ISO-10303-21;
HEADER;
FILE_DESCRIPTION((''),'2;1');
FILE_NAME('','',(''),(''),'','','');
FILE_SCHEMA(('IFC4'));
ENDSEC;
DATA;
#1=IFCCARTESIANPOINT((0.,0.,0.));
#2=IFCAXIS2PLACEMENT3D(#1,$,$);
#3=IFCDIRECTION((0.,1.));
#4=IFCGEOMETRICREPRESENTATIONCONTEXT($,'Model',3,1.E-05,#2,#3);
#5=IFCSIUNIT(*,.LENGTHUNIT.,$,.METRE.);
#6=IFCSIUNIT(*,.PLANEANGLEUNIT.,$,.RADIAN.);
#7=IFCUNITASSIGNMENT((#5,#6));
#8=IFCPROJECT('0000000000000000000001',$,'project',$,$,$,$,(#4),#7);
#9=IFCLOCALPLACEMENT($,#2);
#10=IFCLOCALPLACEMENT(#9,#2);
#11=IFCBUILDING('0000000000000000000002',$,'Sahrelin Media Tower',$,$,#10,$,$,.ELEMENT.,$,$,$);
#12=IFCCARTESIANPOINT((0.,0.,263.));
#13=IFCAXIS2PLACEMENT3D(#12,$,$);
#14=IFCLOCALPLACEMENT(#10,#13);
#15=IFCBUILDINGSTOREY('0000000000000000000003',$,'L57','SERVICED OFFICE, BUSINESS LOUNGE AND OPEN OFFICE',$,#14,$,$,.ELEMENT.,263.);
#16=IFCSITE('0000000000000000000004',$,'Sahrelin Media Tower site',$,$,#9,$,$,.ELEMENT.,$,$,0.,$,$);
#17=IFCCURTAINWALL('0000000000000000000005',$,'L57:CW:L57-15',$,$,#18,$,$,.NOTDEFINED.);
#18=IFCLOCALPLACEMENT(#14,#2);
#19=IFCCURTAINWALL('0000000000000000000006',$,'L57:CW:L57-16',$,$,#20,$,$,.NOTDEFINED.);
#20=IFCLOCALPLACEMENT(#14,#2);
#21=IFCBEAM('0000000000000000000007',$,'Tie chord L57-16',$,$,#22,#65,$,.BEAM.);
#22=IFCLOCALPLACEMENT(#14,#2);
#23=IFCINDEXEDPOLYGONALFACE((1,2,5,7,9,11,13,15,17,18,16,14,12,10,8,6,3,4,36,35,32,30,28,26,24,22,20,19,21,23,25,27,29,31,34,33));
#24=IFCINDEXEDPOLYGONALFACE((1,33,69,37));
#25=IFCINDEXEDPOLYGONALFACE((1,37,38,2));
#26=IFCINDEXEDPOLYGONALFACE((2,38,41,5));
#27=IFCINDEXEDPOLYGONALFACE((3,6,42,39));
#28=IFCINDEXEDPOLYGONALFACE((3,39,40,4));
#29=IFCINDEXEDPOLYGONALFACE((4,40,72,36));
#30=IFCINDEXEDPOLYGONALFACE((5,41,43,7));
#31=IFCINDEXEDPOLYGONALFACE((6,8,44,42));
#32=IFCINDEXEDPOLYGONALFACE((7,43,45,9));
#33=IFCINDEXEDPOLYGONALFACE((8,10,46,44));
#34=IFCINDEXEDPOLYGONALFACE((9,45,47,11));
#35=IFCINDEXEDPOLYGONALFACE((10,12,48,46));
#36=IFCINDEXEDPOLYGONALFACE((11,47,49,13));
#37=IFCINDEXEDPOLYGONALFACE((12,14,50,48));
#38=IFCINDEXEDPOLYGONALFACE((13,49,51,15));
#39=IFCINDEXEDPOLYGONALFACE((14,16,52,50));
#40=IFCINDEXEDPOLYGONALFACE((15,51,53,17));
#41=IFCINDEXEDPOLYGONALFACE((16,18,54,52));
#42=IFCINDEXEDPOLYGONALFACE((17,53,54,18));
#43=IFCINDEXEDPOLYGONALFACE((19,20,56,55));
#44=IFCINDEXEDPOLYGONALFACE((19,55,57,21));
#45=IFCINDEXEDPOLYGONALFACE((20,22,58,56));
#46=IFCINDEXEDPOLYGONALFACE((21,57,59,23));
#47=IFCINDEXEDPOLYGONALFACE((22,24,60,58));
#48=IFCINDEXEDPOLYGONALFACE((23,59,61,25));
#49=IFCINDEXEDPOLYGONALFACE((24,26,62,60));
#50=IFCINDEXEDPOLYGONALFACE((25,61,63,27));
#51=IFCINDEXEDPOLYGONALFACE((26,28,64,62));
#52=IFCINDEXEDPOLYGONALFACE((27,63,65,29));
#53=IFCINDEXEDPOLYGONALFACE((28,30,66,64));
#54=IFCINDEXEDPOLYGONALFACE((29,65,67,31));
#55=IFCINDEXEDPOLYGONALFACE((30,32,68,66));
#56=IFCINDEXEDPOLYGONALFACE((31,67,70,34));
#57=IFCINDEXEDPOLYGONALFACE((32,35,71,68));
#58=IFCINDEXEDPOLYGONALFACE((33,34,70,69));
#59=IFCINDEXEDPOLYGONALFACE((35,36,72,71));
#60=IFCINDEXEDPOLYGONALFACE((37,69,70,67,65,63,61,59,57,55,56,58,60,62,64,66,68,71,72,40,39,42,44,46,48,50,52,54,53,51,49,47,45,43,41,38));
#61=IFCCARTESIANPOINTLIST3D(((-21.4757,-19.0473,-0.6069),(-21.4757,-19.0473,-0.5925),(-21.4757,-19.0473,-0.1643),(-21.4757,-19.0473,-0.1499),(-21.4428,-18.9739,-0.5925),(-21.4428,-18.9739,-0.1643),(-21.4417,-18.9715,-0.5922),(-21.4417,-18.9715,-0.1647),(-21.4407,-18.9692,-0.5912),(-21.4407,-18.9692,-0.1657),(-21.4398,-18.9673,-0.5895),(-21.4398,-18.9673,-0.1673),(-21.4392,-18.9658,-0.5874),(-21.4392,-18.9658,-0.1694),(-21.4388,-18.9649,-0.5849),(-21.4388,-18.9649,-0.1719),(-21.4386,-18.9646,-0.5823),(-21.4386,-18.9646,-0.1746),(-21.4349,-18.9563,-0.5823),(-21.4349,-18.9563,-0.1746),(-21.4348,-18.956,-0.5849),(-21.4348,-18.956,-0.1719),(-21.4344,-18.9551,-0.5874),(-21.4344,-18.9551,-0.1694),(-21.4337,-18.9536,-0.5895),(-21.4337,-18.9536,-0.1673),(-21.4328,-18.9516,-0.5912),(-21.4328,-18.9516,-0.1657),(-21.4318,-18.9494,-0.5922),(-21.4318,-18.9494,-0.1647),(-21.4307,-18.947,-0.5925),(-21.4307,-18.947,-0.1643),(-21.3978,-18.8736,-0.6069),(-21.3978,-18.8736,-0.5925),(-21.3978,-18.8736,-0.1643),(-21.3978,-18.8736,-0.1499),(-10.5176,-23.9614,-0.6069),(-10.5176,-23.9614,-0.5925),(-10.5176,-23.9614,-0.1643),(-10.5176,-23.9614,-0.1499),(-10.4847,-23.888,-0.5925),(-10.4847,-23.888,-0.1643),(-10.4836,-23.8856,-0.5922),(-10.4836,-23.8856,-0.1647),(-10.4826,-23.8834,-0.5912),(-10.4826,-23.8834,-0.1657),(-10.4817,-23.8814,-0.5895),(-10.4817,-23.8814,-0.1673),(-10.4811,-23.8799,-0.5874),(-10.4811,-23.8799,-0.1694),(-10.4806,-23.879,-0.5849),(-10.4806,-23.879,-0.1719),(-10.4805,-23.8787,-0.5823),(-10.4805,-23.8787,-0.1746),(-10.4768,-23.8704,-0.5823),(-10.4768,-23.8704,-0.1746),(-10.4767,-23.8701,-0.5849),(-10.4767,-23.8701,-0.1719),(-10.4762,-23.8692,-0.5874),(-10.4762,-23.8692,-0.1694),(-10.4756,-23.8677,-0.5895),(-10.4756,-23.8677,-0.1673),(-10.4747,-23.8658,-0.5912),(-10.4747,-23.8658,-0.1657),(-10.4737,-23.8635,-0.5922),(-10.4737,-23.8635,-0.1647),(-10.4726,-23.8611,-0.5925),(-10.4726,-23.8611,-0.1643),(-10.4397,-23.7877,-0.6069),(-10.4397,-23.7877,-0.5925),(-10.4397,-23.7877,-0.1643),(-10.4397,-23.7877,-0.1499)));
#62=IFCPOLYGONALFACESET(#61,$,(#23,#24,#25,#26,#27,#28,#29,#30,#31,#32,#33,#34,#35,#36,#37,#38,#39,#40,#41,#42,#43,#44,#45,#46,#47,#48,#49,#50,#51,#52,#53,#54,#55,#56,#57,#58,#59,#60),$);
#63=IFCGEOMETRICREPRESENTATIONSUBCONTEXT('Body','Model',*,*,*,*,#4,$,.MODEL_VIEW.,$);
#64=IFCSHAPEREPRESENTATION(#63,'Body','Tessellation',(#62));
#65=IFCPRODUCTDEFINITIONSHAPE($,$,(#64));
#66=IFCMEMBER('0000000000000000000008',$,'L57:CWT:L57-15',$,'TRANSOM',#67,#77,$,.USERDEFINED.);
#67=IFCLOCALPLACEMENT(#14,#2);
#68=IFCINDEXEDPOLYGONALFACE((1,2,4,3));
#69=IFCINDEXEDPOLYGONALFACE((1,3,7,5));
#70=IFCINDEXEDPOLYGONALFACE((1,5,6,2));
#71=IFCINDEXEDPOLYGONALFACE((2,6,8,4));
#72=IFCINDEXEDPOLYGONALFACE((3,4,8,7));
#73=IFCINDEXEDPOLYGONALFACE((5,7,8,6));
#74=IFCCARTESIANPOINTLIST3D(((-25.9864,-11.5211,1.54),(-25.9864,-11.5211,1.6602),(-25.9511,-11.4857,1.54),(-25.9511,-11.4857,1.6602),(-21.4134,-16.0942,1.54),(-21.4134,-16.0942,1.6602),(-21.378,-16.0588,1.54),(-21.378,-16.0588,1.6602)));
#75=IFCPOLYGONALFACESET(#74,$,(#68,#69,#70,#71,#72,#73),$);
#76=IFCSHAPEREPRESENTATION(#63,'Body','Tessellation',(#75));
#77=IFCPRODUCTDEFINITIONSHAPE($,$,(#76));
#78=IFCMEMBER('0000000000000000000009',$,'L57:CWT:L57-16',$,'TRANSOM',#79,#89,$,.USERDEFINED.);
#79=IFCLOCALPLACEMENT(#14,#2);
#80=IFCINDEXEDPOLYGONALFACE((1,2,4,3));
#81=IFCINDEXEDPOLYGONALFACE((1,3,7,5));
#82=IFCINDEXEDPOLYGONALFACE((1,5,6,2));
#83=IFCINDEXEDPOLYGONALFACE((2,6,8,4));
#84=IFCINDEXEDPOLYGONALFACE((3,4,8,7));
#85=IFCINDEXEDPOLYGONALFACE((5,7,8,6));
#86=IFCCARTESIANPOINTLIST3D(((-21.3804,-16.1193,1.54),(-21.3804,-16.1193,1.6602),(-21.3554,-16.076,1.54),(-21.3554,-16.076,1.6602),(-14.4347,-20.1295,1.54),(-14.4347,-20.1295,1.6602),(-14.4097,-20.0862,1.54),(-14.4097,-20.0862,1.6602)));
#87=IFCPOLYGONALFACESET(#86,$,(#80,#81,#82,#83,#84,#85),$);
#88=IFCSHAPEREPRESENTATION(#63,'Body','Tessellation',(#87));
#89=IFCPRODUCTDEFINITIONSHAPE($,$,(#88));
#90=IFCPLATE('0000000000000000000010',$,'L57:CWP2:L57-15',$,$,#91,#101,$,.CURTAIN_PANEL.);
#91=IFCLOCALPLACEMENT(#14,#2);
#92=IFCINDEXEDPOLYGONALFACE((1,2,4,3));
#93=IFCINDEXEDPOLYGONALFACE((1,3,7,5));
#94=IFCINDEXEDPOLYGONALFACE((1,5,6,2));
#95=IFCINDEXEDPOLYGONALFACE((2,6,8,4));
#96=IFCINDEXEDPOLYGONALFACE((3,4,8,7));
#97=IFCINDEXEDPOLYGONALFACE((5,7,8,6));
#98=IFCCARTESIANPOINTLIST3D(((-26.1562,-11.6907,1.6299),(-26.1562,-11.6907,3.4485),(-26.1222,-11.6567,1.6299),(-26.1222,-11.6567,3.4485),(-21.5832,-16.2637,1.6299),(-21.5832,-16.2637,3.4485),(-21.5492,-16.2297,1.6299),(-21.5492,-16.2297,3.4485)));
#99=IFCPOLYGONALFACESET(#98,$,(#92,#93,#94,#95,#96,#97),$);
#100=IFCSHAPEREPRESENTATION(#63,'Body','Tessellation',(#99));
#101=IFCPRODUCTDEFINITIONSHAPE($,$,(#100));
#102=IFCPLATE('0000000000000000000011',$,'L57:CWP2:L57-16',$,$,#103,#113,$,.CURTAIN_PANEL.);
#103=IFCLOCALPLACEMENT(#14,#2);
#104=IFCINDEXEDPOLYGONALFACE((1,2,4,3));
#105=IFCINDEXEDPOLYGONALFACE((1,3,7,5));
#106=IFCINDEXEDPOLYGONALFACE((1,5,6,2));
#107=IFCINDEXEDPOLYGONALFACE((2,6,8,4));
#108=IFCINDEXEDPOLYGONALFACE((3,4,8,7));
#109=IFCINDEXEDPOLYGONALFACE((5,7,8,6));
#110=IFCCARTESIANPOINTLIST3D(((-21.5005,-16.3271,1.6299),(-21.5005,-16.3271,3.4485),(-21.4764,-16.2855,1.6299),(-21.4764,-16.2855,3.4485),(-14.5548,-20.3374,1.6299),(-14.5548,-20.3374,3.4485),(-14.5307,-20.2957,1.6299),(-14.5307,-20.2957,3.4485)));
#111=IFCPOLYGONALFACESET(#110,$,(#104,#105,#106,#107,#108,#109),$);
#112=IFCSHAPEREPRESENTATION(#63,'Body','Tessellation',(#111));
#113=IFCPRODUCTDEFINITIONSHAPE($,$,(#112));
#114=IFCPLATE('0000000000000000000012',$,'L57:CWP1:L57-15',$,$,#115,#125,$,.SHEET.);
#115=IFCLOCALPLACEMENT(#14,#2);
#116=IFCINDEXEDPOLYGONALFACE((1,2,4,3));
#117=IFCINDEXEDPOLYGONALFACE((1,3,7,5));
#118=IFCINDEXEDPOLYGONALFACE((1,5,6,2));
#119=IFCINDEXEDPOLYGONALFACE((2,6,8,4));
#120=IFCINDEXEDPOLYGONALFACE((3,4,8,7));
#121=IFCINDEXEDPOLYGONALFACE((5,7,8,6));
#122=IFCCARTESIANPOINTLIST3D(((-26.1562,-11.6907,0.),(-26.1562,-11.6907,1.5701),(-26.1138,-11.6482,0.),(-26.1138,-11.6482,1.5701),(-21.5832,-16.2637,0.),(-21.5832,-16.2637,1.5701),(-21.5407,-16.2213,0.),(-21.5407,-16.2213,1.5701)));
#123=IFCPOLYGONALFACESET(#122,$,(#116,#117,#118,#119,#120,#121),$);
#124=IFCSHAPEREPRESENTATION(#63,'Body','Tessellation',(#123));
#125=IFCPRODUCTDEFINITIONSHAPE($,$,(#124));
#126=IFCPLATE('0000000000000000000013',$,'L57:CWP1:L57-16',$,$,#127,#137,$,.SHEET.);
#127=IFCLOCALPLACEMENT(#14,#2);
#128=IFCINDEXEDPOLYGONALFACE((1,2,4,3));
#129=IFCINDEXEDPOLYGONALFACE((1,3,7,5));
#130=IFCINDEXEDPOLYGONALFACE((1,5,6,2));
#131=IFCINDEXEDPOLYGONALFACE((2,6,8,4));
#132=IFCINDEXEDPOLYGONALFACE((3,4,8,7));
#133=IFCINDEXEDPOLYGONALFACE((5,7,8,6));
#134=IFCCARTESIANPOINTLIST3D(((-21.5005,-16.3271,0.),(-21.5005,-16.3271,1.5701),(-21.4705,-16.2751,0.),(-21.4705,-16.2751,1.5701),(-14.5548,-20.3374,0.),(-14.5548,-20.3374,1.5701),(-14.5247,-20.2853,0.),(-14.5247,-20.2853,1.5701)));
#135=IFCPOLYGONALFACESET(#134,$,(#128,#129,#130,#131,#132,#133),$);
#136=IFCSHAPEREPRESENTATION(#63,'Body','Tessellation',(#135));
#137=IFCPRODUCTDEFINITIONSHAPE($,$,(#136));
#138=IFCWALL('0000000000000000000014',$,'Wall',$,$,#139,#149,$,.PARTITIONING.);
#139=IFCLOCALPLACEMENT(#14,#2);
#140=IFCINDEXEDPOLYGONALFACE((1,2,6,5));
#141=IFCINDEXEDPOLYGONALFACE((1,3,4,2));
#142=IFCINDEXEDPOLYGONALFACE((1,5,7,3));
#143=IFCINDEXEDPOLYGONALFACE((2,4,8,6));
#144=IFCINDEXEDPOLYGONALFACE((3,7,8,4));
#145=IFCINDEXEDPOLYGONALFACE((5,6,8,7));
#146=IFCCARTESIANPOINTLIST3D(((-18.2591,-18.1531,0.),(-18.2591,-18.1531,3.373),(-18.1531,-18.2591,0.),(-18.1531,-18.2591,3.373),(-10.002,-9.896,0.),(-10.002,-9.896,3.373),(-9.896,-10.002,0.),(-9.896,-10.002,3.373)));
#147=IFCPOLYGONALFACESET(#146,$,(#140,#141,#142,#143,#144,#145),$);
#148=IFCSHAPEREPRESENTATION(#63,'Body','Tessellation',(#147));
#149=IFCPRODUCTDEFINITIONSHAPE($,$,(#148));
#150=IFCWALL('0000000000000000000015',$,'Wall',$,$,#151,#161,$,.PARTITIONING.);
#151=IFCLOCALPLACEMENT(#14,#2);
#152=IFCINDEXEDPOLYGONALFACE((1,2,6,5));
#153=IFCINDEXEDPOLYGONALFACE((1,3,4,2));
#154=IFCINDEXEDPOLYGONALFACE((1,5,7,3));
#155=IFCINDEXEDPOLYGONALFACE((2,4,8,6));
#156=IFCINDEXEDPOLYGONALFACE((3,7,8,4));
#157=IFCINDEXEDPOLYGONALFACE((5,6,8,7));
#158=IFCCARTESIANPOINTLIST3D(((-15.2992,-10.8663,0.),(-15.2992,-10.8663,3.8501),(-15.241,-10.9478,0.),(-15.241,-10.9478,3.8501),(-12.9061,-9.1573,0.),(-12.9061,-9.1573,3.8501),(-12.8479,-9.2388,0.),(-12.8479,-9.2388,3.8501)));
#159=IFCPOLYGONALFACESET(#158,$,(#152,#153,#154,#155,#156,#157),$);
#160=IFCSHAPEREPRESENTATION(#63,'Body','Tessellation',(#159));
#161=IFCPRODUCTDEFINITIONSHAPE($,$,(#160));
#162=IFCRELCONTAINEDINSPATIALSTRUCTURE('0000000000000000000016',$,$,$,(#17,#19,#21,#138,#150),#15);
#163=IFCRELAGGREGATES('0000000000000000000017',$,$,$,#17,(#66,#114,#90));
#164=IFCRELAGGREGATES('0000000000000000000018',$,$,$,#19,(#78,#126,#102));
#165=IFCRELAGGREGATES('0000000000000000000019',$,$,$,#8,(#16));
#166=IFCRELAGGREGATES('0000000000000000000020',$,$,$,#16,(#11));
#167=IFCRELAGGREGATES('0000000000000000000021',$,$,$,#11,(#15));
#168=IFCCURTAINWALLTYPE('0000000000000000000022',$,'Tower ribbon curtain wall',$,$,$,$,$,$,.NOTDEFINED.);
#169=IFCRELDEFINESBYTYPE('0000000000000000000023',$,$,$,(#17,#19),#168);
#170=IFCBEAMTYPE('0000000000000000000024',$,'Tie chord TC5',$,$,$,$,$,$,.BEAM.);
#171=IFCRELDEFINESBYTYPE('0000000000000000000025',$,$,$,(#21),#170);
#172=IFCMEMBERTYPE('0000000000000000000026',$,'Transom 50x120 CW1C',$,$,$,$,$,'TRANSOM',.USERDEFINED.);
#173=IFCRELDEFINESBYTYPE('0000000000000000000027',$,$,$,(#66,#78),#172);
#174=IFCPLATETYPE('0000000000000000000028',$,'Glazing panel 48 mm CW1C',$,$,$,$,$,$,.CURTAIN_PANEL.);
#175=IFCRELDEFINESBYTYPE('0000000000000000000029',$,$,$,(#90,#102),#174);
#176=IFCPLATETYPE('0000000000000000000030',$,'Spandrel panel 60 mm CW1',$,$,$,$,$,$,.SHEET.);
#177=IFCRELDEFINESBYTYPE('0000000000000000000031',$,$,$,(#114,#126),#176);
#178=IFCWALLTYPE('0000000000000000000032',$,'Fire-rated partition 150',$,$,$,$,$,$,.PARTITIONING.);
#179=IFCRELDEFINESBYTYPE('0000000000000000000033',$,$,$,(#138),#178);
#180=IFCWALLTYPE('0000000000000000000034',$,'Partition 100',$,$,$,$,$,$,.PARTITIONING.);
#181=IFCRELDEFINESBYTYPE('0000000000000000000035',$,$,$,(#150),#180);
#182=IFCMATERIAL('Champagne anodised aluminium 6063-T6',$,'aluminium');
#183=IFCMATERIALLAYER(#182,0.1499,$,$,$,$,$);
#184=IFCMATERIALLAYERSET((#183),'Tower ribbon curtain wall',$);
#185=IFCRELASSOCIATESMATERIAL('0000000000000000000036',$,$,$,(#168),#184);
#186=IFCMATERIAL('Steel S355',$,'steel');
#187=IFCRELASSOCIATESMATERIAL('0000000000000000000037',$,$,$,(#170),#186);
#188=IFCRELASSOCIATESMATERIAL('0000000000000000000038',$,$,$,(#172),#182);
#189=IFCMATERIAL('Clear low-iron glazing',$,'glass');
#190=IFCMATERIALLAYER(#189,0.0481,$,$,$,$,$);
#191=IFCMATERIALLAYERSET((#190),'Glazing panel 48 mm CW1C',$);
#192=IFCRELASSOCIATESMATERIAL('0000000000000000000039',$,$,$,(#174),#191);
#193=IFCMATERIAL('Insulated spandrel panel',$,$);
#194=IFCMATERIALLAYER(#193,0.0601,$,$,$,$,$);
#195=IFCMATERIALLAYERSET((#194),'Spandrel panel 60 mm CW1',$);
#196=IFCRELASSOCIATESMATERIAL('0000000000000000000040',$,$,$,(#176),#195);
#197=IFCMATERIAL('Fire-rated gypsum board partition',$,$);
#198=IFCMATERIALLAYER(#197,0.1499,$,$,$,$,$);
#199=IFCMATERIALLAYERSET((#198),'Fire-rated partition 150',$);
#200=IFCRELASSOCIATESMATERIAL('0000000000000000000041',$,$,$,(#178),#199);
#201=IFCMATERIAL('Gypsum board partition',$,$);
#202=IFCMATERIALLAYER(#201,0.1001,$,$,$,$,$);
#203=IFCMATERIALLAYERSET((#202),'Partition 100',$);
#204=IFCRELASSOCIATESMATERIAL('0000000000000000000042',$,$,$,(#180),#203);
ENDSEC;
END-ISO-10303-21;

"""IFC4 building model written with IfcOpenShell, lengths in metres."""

from ifc_helpers import new_model, si_unit, direction, frame, frame_2d, origin, origin_2d, place, context, subcontext, project, spatial, polyline, rectangle, i_section, outline, extrude, material, layer, layer_set, material_profile, profile_set, type_object, element, aggregate, save


model = new_model("IFC4")

# Units and contexts
model_context = context("Model", 3, precision=1e-05, world=origin(), true_north=direction((0.0, 1.0)))
body_context = subcontext(model_context, "Body", "Model", "MODEL_VIEW")
ifc_project = project(units=[si_unit("LENGTHUNIT", "METRE"), si_unit("PLANEANGLEUNIT", "RADIAN")], contexts=[model_context])

# Site, building, storey
site_placement = place(None, origin())
site = spatial("IfcSite", under=ifc_project, at=site_placement, Name="Sahrelin Media Tower site", CompositionType="ELEMENT", RefElevation=0.0)
building_placement = place(site_placement, origin())
building = spatial("IfcBuilding", under=site, at=building_placement, Name="Sahrelin Media Tower", CompositionType="ELEMENT")
storey_placement = place(building_placement, frame((0.0, 0.0, 263.0)))
storey = spatial("IfcBuildingStorey", under=building, at=storey_placement, Name="L57", Description="SERVICED OFFICE, BUSINESS LOUNGE AND OPEN OFFICE", CompositionType="ELEMENT", Elevation=263.0)

# Shared definitions
ifc_material_1 = material(Name="Steel S355", Category="steel")

# Curtain walls
ifc_material_2 = material(Name="Champagne anodised aluminium 6063-T6", Category="aluminium")
ifc_layer_1 = layer(ifc_material_2, 0.1499)
ifc_layer_set_1 = layer_set([ifc_layer_1], Name="Tower ribbon curtain wall")
curtain_wall_type = type_object("IfcCurtainWallType", Name="Tower ribbon curtain wall", PredefinedType="NOTDEFINED", material=ifc_layer_set_1)
curtain_wall_1_placement = place(storey_placement, frame((-23.8555, -13.9629, 0.0), z_axis=(0.0, 0.0, 1.0), x_axis=(1.0, 0.0, 0.0)))
curtain_wall_1 = element("IfcCurtainWall", 1, at=curtain_wall_1_placement, inside=storey, type_object=curtain_wall_type, Name="L57:CW:L57-15", PredefinedType="NOTDEFINED")
curtain_wall_2_placement = place(storey_placement, frame((-18.0176, -18.3149, 0.0), z_axis=(0.0, 0.0, 1.0), x_axis=(1.0, 0.0, 0.0)))
curtain_wall_2 = element("IfcCurtainWall", 2, at=curtain_wall_2_placement, inside=storey, type_object=curtain_wall_type, Name="L57:CW:L57-16", PredefinedType="NOTDEFINED")

# Beam
ifc_material_profile_1 = material_profile(ifc_material_1, i_section(OverallWidth=0.1904, OverallDepth=0.457, WebThickness=0.009, FlangeThickness=0.0144, FilletRadius=0.0103, at=origin_2d()), Name="UB 457x191x74")
ifc_profile_set_1 = profile_set([ifc_material_profile_1], Name="Steel S355")
beam_type_1 = type_object("IfcBeamType", Name="Tie chord TC5", PredefinedType="BEAM", material=ifc_profile_set_1)
beam_1_placement = place(storey_placement, frame((-21.4368, -18.9604, -0.3784), z_axis=(0.912452, -0.409184, 0.0), x_axis=(0.409184, 0.912452, 0.0)))
element("IfcBeam", 3, at=beam_1_placement, inside=storey, type_object=beam_type_1, Name="Tie chord L57-16", PredefinedType="BEAM", context=body_context, shape_type="SweptSolid", body=[
    extrude(i_section(OverallWidth=0.1904, OverallDepth=0.457, WebThickness=0.009, FlangeThickness=0.0144, FilletRadius=0.0103, at=origin_2d()), origin(), (0.0, 0.0, 1.0), 12.0095),
])

# Members
ifc_material_profile_2 = material_profile(ifc_material_2, rectangle(XDim=0.05, YDim=0.1201, at=origin_2d()), Name="Transom 50x120")
ifc_profile_set_2 = profile_set([ifc_material_profile_2], Name="Champagne anodised aluminium 6063-T6")
member_type_1 = type_object("IfcMemberType", Name="Transom 50x120 CW1C", ElementType="TRANSOM", PredefinedType="USERDEFINED", material=ifc_profile_set_2)
member_1_placement = place(storey_placement, frame((-25.9688, -11.5034, 1.6001), z_axis=(0.707107, -0.707107, 0.0), x_axis=(0.707107, 0.707107, 0.0)))
member_1 = element("IfcMember", 4, at=member_1_placement, type_object=member_type_1, Name="L57:CWT:L57-15", ObjectType="TRANSOM", PredefinedType="USERDEFINED", context=body_context, shape_type="SweptSolid", body=[
    extrude(rectangle(XDim=0.05, YDim=0.1201, at=origin_2d()), origin(), (0.0, 0.0, 1.0), 6.4673),
])
member_2_placement = place(storey_placement, frame((-21.3679, -16.0977, 1.6001), z_axis=(0.86602, -0.500009, 0.0), x_axis=(0.500009, 0.86602, 0.0)))
member_2 = element("IfcMember", 5, at=member_2_placement, type_object=member_type_1, Name="L57:CWT:L57-16", ObjectType="TRANSOM", PredefinedType="USERDEFINED", context=body_context, shape_type="SweptSolid", body=[
    extrude(rectangle(XDim=0.05, YDim=0.1201, at=origin_2d()), origin(), (0.0, 0.0, 1.0), 8.0203),
])

# Plates
ifc_material_3 = material(Name="Clear low-iron glazing", Category="glass")
ifc_layer_2 = layer(ifc_material_3, 0.0481)
ifc_layer_set_2 = layer_set([ifc_layer_2], Name="Glazing panel 48 mm CW1C")
plate_type_1 = type_object("IfcPlateType", Name="Glazing panel 48 mm CW1C", PredefinedType="CURTAIN_PANEL", material=ifc_layer_set_2)
plate_1_placement = place(storey_placement, frame((-26.1562, -11.6907, 1.6299), z_axis=(-0.707107, -0.707107, 0.0), x_axis=(0.707107, -0.707107, 0.0)))
plate_1 = element("IfcPlate", 6, at=plate_1_placement, type_object=plate_type_1, Name="L57:CWP2:L57-15", PredefinedType="CURTAIN_PANEL", context=body_context, shape_type="SweptSolid", body=[
    extrude(outline(polyline([(0.0, 0.0), (6.4673, 0.0), (6.4673, 1.8186), (0.0, 1.8186), (0.0, 0.0)])), origin(), (0.0, 0.0, -1.0), 0.0481),
])
plate_2_placement = place(storey_placement, frame((-21.5005, -16.3271, 1.6299), z_axis=(-0.500009, -0.86602, 0.0), x_axis=(0.86602, -0.500009, 0.0)))
plate_2 = element("IfcPlate", 7, at=plate_2_placement, type_object=plate_type_1, Name="L57:CWP2:L57-16", PredefinedType="CURTAIN_PANEL", context=body_context, shape_type="SweptSolid", body=[
    extrude(outline(polyline([(0.0, 0.0), (8.0203, 0.0), (8.0203, 1.8186), (0.0, 1.8186), (0.0, 0.0)])), origin(), (0.0, 0.0, -1.0), 0.0481),
])
ifc_material_4 = material(Name="Insulated spandrel panel")
ifc_layer_3 = layer(ifc_material_4, 0.0601)
ifc_layer_set_3 = layer_set([ifc_layer_3], Name="Spandrel panel 60 mm CW1")
plate_type_2 = type_object("IfcPlateType", Name="Spandrel panel 60 mm CW1", PredefinedType="SHEET", material=ifc_layer_set_3)
plate_3_placement = place(storey_placement, frame((-26.1562, -11.6907, 0.0), z_axis=(-0.707107, -0.707107, 0.0), x_axis=(0.707107, -0.707107, 0.0)))
plate_3 = element("IfcPlate", 8, at=plate_3_placement, type_object=plate_type_2, Name="L57:CWP1:L57-15", PredefinedType="SHEET", context=body_context, shape_type="SweptSolid", body=[
    extrude(outline(polyline([(0.0, 0.0), (6.4673, 0.0), (6.4673, 1.5701), (0.0, 1.5701), (0.0, 0.0)])), origin(), (0.0, 0.0, -1.0), 0.0601),
])
aggregate(curtain_wall_1, [member_1, plate_3, plate_1])
plate_4_placement = place(storey_placement, frame((-21.5005, -16.3271, 0.0), z_axis=(-0.500009, -0.86602, 0.0), x_axis=(0.86602, -0.500009, 0.0)))
plate_4 = element("IfcPlate", 9, at=plate_4_placement, type_object=plate_type_2, Name="L57:CWP1:L57-16", PredefinedType="SHEET", context=body_context, shape_type="SweptSolid", body=[
    extrude(outline(polyline([(0.0, 0.0), (8.0203, 0.0), (8.0203, 1.5701), (0.0, 1.5701), (0.0, 0.0)])), origin(), (0.0, 0.0, -1.0), 0.0601),
])
aggregate(curtain_wall_2, [member_2, plate_4, plate_2])

# Walls
ifc_material_5 = material(Name="Fire-rated gypsum board partition")
ifc_layer_4 = layer(ifc_material_5, 0.1499)
ifc_layer_set_4 = layer_set([ifc_layer_4], Name="Fire-rated partition 150")
wall_type_1 = type_object("IfcWallType", Name="Fire-rated partition 150", PredefinedType="PARTITIONING", material=ifc_layer_set_4)
wall_1_placement = place(storey_placement, frame((-18.2061, -18.2061, 0.0), z_axis=(0.0, 0.0, 1.0), x_axis=(0.707107, 0.707107, 0.0)))
element("IfcWall", 10, at=wall_1_placement, inside=storey, type_object=wall_type_1, Name="Wall", PredefinedType="PARTITIONING", context=body_context, shape_type="SweptSolid", body=[
    extrude(rectangle(XDim=11.6772, YDim=0.1499, at=frame_2d((5.8386, 0.0))), origin(), (0.0, 0.0, 1.0), 3.373),
])
ifc_material_6 = material(Name="Gypsum board partition")
ifc_layer_5 = layer(ifc_material_6, 0.1001)
ifc_layer_set_5 = layer_set([ifc_layer_5], Name="Partition 100")
wall_type_2 = type_object("IfcWallType", Name="Partition 100", PredefinedType="PARTITIONING", material=ifc_layer_set_5)
wall_2_placement = place(storey_placement, frame((-15.27, -10.907, 0.0), z_axis=(0.0, 0.0, 1.0), x_axis=(0.81379, 0.58116, 0.0)))
element("IfcWall", 11, at=wall_2_placement, inside=storey, type_object=wall_type_2, Name="Wall", PredefinedType="PARTITIONING", context=body_context, shape_type="SweptSolid", body=[
    extrude(rectangle(XDim=2.9407, YDim=0.1001, at=frame_2d((1.4702, 0.0))), origin(), (0.0, 0.0, 1.0), 3.8501),
])

save(model, "model.ifc")
